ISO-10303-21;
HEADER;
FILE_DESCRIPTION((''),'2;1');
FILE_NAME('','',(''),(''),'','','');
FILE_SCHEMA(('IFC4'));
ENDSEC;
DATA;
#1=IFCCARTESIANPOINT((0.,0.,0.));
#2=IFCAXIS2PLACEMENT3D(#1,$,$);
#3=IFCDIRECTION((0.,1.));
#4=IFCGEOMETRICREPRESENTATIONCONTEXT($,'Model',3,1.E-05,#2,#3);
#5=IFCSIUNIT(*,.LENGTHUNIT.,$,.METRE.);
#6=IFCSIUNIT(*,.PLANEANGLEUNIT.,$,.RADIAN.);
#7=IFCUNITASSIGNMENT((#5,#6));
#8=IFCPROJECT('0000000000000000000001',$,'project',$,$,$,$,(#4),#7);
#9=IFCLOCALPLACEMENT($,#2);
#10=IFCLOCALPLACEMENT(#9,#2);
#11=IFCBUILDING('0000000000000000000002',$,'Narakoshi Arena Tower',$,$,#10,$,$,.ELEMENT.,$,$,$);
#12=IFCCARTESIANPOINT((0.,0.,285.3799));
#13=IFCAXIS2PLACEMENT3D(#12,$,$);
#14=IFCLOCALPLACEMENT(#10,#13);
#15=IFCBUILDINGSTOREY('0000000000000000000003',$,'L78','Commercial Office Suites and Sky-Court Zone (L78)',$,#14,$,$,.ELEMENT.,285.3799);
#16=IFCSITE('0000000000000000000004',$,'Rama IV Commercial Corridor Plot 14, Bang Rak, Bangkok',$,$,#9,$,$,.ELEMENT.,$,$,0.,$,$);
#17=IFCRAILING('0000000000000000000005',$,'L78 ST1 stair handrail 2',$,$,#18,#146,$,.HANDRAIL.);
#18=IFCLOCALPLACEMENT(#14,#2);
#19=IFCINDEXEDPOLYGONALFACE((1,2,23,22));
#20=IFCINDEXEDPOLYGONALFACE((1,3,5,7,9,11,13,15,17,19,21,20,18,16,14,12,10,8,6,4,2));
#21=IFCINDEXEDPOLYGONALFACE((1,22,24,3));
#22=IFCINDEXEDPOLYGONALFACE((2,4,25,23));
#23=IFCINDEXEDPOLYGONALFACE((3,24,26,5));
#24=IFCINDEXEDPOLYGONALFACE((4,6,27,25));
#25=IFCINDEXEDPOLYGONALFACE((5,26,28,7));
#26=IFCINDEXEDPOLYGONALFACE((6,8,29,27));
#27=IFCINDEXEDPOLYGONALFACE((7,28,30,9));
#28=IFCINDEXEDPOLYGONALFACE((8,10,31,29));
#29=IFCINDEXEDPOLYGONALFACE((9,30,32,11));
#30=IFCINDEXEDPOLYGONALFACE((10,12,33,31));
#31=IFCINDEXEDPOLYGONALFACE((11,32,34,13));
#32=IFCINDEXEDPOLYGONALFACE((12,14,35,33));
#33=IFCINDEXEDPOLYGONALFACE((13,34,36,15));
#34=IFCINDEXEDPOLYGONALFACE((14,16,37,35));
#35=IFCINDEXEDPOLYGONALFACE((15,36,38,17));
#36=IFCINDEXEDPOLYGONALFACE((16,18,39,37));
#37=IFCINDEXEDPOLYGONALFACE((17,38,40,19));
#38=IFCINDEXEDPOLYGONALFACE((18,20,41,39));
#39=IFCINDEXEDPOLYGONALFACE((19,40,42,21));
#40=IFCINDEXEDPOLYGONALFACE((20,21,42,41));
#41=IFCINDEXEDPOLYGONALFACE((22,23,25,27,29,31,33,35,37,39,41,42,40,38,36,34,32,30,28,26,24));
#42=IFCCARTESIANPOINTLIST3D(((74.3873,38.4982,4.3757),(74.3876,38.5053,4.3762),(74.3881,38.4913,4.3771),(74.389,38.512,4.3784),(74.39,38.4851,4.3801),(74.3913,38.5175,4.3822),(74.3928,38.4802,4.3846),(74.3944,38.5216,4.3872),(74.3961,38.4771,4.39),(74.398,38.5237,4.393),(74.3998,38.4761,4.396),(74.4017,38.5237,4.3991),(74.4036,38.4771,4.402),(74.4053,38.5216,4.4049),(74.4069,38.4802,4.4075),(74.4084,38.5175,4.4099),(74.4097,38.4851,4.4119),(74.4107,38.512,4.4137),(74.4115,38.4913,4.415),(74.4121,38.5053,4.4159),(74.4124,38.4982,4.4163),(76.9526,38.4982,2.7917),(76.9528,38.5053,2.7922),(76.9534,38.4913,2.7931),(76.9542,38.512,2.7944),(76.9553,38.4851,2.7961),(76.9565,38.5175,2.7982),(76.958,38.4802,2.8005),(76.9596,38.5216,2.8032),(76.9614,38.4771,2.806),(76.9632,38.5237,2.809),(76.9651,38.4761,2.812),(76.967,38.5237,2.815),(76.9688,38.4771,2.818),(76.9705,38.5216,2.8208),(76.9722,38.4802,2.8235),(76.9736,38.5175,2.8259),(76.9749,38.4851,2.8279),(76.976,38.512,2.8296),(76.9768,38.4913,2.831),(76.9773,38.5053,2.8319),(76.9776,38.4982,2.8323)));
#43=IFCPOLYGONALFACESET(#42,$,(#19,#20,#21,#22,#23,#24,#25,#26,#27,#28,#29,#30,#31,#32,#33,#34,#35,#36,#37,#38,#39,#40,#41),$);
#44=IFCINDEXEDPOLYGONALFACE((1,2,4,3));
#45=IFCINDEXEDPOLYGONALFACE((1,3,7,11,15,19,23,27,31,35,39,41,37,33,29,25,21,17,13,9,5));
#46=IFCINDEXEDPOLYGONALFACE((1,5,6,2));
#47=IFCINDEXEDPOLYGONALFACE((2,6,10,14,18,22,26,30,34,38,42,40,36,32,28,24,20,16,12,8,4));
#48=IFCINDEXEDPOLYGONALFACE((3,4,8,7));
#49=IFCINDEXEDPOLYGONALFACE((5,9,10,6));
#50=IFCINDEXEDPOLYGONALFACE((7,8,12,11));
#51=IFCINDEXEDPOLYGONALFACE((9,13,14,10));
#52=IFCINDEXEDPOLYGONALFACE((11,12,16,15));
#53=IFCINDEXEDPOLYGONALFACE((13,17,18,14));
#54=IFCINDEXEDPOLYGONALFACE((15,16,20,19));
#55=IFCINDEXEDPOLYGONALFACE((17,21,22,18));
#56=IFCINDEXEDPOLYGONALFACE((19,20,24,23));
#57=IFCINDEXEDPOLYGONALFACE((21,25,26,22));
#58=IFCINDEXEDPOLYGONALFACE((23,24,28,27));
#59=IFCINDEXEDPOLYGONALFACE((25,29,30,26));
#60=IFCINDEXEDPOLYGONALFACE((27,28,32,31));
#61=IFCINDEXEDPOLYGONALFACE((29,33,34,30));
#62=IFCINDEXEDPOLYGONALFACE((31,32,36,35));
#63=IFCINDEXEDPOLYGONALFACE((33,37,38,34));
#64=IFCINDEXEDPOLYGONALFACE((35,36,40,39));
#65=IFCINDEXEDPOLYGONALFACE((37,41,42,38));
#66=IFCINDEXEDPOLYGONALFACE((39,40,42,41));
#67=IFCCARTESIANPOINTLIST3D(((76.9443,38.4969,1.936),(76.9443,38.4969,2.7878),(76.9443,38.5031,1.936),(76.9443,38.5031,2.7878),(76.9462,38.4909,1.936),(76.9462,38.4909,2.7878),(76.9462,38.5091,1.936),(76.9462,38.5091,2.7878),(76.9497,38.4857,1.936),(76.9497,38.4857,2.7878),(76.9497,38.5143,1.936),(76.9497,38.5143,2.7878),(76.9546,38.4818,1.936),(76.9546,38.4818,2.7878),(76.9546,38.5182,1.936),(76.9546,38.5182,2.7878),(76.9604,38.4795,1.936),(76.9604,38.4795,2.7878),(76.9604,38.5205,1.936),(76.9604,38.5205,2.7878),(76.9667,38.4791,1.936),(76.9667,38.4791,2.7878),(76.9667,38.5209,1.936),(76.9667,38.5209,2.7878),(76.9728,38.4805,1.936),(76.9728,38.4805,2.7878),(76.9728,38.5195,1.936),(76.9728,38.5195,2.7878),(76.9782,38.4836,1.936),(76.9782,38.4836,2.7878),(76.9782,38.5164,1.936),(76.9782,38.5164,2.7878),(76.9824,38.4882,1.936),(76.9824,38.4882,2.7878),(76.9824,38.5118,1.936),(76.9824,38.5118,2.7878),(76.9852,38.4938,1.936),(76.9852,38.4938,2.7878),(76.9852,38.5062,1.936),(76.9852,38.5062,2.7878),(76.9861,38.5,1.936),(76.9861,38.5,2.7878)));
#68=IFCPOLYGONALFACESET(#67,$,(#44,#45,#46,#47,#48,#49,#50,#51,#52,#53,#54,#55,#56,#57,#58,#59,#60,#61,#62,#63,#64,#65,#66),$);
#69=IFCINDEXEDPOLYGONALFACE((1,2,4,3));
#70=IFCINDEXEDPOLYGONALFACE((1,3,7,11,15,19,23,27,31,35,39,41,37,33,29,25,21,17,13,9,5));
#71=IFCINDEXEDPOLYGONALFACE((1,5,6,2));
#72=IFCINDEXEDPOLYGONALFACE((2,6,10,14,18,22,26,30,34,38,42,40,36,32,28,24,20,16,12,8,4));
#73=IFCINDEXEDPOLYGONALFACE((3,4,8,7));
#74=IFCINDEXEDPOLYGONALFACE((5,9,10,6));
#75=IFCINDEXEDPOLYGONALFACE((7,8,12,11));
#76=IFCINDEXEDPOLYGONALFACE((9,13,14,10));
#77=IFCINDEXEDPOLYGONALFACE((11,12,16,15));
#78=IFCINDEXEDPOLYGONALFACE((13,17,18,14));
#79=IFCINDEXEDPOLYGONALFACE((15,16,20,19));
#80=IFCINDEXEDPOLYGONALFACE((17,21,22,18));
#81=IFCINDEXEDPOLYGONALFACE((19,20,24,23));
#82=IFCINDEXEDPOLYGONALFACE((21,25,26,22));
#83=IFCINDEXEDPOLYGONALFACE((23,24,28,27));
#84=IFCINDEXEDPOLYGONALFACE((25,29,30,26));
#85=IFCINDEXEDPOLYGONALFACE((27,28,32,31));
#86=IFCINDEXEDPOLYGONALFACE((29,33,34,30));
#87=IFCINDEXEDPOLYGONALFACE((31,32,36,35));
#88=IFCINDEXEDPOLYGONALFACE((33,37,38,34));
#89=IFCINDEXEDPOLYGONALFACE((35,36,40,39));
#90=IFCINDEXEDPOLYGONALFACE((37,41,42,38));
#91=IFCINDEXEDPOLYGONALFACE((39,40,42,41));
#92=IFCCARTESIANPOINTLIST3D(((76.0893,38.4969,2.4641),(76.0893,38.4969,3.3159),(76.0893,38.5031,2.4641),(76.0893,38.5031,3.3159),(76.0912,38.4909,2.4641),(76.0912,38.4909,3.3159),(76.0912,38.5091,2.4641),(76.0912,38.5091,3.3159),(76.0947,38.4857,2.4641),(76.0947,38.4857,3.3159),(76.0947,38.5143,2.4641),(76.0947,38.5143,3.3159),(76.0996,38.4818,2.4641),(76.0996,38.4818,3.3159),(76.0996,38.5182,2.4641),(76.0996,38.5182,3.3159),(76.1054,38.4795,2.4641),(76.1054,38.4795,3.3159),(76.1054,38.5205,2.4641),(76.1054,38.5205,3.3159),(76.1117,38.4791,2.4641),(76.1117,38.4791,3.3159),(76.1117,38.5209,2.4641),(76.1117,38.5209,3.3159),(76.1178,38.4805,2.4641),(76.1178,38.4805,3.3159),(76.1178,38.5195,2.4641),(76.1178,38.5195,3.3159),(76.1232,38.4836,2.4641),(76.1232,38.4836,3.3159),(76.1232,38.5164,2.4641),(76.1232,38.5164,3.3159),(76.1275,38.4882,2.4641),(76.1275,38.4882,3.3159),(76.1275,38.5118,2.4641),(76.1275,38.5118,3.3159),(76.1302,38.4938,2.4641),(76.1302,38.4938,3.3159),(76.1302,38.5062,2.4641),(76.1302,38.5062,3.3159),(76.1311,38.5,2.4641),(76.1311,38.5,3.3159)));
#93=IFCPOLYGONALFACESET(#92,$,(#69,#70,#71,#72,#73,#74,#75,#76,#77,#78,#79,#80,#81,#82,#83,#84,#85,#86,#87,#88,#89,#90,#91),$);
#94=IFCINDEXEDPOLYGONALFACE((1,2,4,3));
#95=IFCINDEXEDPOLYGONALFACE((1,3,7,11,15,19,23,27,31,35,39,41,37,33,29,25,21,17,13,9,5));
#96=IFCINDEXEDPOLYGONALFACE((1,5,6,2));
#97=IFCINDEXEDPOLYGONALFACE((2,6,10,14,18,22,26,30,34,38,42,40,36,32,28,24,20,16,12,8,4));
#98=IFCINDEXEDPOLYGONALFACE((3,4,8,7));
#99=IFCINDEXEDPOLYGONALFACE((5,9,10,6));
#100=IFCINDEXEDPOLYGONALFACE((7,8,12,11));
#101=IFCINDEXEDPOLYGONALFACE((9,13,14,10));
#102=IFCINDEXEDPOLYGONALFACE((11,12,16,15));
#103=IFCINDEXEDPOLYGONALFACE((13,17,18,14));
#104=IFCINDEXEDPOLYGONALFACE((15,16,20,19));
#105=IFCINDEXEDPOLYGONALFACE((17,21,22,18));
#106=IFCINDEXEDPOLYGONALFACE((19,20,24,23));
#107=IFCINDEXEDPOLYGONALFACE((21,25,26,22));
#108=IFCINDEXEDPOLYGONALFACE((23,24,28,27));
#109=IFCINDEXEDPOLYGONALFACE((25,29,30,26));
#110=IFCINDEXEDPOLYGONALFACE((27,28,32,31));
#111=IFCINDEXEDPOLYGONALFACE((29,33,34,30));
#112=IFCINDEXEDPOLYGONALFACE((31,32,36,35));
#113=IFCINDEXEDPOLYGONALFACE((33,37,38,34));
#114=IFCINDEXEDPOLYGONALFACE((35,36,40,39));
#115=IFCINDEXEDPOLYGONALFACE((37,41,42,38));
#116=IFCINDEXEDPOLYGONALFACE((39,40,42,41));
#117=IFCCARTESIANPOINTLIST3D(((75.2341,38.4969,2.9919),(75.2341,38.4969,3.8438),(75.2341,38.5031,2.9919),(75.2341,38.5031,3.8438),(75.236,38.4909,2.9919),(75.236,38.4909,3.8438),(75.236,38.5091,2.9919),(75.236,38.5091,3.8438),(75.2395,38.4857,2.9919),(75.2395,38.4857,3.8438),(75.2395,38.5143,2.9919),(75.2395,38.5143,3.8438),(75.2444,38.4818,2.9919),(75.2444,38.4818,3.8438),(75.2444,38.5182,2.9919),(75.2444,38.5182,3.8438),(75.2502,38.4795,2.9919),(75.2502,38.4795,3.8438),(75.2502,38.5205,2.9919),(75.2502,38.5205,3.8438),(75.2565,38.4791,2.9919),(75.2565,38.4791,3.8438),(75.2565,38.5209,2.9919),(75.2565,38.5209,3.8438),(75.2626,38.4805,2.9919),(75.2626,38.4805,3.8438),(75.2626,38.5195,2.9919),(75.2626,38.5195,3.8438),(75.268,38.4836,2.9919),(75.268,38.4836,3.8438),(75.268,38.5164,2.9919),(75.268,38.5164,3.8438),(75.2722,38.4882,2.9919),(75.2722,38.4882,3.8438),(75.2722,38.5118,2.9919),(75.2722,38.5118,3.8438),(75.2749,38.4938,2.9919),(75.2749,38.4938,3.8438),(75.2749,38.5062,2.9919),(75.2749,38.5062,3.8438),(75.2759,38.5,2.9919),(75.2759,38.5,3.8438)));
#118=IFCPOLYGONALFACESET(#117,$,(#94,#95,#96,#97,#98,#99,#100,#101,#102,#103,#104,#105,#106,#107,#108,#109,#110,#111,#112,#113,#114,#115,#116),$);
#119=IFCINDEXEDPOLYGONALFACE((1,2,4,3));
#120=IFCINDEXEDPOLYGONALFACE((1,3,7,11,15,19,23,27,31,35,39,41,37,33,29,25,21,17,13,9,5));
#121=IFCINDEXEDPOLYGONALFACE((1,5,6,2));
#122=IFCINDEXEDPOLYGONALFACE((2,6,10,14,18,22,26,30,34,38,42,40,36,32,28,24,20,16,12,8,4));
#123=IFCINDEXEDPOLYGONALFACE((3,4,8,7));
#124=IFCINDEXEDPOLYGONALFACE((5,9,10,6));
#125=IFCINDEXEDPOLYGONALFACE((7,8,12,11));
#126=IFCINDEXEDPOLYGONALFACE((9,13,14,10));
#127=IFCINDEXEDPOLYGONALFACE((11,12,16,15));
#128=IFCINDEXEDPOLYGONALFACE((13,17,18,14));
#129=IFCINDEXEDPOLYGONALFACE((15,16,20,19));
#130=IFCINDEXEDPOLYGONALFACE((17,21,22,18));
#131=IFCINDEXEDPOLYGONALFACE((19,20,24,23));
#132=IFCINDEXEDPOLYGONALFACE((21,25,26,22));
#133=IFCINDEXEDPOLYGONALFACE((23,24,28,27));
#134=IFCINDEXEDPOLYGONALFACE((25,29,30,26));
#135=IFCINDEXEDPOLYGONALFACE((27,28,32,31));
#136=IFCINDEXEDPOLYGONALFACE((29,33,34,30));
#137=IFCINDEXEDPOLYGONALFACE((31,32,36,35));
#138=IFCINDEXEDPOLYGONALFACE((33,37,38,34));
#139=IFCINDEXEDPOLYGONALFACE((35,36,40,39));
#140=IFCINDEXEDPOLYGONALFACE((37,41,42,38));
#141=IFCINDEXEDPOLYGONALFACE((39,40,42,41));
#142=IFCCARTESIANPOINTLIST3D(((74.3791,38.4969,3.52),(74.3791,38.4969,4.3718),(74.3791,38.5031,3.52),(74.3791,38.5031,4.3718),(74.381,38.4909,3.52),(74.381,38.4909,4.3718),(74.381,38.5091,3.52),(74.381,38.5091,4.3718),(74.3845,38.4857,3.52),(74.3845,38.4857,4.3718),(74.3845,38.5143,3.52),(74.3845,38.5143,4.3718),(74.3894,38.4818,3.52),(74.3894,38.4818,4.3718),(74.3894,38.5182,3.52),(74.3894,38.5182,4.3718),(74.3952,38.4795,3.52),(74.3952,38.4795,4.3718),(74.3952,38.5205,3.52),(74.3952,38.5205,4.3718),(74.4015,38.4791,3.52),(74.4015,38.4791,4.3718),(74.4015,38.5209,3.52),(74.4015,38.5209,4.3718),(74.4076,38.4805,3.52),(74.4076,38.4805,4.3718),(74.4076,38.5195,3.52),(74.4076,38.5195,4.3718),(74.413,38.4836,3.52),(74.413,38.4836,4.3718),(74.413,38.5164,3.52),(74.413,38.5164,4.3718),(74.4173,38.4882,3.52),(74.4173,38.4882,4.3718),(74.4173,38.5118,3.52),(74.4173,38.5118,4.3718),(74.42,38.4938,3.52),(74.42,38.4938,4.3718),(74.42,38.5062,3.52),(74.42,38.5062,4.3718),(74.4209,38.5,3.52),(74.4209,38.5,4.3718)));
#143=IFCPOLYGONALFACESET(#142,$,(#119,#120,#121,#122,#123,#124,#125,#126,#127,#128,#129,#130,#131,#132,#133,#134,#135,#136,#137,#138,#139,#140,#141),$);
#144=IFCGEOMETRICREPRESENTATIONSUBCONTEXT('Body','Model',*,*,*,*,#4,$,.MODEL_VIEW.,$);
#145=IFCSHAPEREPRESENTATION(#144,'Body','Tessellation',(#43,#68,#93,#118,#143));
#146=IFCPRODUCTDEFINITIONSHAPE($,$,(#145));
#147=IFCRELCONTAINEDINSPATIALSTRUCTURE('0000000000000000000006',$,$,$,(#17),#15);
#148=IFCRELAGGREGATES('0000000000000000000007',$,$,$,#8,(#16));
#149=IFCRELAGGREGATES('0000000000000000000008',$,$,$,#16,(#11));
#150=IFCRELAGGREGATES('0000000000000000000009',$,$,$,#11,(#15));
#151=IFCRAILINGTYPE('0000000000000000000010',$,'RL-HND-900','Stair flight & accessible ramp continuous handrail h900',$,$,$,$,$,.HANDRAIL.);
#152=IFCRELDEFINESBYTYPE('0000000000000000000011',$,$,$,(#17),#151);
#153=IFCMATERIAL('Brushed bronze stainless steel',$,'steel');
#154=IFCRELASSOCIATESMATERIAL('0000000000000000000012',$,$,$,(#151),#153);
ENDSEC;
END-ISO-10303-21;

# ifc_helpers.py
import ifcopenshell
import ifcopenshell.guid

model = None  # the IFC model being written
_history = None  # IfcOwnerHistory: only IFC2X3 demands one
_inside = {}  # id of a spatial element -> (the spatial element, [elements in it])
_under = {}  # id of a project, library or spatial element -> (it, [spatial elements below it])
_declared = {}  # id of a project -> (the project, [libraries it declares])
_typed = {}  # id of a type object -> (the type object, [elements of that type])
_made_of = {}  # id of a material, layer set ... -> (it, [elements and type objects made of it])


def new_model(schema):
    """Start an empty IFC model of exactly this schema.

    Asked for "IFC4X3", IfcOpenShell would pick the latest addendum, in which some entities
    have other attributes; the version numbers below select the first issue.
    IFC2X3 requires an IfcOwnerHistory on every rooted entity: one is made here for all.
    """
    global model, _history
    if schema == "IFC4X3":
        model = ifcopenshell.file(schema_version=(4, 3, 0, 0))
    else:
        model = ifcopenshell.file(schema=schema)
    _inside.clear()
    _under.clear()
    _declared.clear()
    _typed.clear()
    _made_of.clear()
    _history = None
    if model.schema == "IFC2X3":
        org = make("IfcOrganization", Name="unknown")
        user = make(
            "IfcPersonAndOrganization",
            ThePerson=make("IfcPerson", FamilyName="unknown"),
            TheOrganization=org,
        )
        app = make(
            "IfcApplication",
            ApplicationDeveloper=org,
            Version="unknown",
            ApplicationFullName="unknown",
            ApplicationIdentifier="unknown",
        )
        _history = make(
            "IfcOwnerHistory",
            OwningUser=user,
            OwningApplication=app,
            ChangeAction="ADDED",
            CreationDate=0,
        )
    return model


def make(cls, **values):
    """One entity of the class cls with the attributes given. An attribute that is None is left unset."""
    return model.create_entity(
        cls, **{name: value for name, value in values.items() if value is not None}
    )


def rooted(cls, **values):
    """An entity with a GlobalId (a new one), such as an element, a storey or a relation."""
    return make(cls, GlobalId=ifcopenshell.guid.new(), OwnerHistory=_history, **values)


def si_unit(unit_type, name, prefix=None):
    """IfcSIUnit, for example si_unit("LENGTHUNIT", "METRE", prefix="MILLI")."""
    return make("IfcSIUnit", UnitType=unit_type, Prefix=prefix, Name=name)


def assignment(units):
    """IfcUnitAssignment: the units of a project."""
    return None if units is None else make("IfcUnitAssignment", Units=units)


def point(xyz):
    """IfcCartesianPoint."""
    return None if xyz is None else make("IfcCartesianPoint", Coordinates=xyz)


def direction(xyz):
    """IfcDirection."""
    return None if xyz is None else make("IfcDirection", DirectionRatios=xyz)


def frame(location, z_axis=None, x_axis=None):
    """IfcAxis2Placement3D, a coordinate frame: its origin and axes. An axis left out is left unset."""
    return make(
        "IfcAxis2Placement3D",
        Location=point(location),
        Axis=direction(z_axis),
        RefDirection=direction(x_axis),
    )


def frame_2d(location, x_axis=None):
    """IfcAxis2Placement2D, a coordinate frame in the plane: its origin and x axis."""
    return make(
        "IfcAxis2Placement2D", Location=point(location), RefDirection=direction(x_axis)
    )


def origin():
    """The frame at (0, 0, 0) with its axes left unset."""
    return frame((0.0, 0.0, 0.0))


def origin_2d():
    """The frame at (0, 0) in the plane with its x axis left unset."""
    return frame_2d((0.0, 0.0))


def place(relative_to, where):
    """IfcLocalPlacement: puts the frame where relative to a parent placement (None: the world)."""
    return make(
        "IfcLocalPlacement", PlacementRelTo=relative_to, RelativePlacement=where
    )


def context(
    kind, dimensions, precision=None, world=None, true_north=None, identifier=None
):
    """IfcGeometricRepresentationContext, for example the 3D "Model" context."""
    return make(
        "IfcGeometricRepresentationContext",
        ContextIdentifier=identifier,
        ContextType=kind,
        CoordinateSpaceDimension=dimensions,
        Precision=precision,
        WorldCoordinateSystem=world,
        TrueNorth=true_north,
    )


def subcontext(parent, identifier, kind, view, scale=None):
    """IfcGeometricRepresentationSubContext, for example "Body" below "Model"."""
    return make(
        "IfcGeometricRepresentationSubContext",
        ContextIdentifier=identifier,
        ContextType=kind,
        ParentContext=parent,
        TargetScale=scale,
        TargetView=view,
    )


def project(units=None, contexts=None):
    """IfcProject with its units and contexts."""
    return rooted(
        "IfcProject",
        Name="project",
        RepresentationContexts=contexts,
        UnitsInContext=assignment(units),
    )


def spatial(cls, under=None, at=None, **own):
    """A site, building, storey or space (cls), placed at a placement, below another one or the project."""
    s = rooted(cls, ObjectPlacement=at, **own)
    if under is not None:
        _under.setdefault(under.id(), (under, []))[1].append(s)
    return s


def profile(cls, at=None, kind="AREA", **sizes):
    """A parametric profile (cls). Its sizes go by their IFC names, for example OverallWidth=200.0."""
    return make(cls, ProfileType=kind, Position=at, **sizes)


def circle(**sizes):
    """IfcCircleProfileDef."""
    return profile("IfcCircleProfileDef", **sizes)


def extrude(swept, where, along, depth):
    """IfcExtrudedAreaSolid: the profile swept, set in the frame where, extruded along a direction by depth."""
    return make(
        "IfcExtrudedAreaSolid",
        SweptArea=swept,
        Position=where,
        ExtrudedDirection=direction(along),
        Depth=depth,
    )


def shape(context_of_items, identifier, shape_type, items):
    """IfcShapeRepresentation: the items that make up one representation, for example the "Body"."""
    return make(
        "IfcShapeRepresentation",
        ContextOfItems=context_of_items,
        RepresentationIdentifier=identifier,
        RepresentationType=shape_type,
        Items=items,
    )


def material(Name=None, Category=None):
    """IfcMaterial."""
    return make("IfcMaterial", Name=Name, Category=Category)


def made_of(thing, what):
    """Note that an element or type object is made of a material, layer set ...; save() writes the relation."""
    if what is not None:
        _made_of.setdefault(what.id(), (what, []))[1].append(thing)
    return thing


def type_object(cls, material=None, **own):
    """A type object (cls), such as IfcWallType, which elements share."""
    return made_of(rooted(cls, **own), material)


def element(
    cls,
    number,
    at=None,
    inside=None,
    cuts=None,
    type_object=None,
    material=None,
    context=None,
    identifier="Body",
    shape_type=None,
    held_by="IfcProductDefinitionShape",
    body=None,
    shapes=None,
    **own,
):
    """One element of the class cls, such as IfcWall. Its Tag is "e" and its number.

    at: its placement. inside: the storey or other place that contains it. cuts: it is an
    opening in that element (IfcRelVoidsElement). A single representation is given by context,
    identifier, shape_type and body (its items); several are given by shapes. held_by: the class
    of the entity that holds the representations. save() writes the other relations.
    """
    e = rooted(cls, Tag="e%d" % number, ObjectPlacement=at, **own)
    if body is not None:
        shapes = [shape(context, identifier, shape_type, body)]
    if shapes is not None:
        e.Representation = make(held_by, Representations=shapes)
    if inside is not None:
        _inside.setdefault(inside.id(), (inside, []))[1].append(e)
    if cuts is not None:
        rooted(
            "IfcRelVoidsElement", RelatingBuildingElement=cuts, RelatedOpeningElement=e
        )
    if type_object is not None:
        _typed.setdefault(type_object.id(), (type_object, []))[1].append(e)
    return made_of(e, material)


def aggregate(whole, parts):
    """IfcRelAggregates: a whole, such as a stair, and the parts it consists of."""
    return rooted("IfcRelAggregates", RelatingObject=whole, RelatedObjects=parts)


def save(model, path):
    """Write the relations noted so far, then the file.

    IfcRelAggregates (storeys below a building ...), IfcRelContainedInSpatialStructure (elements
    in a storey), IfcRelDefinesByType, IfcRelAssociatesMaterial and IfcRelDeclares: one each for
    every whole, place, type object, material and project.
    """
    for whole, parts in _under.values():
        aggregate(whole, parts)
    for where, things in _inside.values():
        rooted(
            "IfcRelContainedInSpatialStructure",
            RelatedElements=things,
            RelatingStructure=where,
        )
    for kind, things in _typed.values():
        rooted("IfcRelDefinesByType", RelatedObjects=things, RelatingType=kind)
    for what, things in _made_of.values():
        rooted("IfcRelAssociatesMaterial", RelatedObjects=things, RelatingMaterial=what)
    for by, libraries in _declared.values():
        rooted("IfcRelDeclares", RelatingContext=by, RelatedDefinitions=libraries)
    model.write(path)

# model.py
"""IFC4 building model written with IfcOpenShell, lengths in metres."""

from ifc_helpers import new_model, si_unit, direction, frame, origin, origin_2d, place, context, subcontext, project, spatial, circle, extrude, material, type_object, element, save


model = new_model("IFC4")

# Units and contexts
model_context = context("Model", 3, precision=1e-05, world=origin(), true_north=direction((0.0, 1.0)))
body_context = subcontext(model_context, "Body", "Model", "MODEL_VIEW")
ifc_project = project(units=[si_unit("LENGTHUNIT", "METRE"), si_unit("PLANEANGLEUNIT", "RADIAN")], contexts=[model_context])

# Site, building, storey
site_placement = place(None, origin())
site = spatial("IfcSite", under=ifc_project, at=site_placement, Name="Rama IV Commercial Corridor Plot 14, Bang Rak, Bangkok", CompositionType="ELEMENT", RefElevation=0.0)
building_placement = place(site_placement, origin())
building = spatial("IfcBuilding", under=site, at=building_placement, Name="Narakoshi Arena Tower", CompositionType="ELEMENT")
storey_placement = place(building_placement, frame((0.0, 0.0, 285.3799)))
storey = spatial("IfcBuildingStorey", under=building, at=storey_placement, Name="L78", Description="Commercial Office Suites and Sky-Court Zone (L78)", CompositionType="ELEMENT", Elevation=285.3799)

# Railing
ifc_material_1 = material(Name="Brushed bronze stainless steel", Category="steel")
railing_type_1 = type_object("IfcRailingType", Name="RL-HND-900", Description="Stair flight & accessible ramp continuous handrail h900", PredefinedType="HANDRAIL", material=ifc_material_1)
railing_1_placement = place(storey_placement, frame((76.9651, 38.5, 1.936)))
element("IfcRailing", 1, at=railing_1_placement, inside=storey, type_object=railing_type_1, Name="L78 ST1 stair handrail 2", PredefinedType="HANDRAIL", context=body_context, shape_type="SweptSolid", body=[
    extrude(circle(Radius=0.0239, at=origin_2d()), frame((0.0, 0.0, 0.876), z_axis=(-0.850857, 0.0, 0.525398), x_axis=(0.0, -1.0, 0.0)), (0.0, 0.0, 1.0), 3.0149),
    extrude(circle(Radius=0.021, at=origin_2d()), origin(), (0.0, 0.0, 1.0), 0.8518),
    extrude(circle(Radius=0.021, at=origin_2d()), frame((-0.855, 0.0, 0.5281)), (0.0, 0.0, 1.0), 0.8518),
    extrude(circle(Radius=0.021, at=origin_2d()), frame((-1.7102, 0.0, 1.0559)), (0.0, 0.0, 1.0), 0.8518),
    extrude(circle(Radius=0.021, at=origin_2d()), frame((-2.5652, 0.0, 1.584)), (0.0, 0.0, 1.0), 0.8518),
])

save(model, "model.ifc")
